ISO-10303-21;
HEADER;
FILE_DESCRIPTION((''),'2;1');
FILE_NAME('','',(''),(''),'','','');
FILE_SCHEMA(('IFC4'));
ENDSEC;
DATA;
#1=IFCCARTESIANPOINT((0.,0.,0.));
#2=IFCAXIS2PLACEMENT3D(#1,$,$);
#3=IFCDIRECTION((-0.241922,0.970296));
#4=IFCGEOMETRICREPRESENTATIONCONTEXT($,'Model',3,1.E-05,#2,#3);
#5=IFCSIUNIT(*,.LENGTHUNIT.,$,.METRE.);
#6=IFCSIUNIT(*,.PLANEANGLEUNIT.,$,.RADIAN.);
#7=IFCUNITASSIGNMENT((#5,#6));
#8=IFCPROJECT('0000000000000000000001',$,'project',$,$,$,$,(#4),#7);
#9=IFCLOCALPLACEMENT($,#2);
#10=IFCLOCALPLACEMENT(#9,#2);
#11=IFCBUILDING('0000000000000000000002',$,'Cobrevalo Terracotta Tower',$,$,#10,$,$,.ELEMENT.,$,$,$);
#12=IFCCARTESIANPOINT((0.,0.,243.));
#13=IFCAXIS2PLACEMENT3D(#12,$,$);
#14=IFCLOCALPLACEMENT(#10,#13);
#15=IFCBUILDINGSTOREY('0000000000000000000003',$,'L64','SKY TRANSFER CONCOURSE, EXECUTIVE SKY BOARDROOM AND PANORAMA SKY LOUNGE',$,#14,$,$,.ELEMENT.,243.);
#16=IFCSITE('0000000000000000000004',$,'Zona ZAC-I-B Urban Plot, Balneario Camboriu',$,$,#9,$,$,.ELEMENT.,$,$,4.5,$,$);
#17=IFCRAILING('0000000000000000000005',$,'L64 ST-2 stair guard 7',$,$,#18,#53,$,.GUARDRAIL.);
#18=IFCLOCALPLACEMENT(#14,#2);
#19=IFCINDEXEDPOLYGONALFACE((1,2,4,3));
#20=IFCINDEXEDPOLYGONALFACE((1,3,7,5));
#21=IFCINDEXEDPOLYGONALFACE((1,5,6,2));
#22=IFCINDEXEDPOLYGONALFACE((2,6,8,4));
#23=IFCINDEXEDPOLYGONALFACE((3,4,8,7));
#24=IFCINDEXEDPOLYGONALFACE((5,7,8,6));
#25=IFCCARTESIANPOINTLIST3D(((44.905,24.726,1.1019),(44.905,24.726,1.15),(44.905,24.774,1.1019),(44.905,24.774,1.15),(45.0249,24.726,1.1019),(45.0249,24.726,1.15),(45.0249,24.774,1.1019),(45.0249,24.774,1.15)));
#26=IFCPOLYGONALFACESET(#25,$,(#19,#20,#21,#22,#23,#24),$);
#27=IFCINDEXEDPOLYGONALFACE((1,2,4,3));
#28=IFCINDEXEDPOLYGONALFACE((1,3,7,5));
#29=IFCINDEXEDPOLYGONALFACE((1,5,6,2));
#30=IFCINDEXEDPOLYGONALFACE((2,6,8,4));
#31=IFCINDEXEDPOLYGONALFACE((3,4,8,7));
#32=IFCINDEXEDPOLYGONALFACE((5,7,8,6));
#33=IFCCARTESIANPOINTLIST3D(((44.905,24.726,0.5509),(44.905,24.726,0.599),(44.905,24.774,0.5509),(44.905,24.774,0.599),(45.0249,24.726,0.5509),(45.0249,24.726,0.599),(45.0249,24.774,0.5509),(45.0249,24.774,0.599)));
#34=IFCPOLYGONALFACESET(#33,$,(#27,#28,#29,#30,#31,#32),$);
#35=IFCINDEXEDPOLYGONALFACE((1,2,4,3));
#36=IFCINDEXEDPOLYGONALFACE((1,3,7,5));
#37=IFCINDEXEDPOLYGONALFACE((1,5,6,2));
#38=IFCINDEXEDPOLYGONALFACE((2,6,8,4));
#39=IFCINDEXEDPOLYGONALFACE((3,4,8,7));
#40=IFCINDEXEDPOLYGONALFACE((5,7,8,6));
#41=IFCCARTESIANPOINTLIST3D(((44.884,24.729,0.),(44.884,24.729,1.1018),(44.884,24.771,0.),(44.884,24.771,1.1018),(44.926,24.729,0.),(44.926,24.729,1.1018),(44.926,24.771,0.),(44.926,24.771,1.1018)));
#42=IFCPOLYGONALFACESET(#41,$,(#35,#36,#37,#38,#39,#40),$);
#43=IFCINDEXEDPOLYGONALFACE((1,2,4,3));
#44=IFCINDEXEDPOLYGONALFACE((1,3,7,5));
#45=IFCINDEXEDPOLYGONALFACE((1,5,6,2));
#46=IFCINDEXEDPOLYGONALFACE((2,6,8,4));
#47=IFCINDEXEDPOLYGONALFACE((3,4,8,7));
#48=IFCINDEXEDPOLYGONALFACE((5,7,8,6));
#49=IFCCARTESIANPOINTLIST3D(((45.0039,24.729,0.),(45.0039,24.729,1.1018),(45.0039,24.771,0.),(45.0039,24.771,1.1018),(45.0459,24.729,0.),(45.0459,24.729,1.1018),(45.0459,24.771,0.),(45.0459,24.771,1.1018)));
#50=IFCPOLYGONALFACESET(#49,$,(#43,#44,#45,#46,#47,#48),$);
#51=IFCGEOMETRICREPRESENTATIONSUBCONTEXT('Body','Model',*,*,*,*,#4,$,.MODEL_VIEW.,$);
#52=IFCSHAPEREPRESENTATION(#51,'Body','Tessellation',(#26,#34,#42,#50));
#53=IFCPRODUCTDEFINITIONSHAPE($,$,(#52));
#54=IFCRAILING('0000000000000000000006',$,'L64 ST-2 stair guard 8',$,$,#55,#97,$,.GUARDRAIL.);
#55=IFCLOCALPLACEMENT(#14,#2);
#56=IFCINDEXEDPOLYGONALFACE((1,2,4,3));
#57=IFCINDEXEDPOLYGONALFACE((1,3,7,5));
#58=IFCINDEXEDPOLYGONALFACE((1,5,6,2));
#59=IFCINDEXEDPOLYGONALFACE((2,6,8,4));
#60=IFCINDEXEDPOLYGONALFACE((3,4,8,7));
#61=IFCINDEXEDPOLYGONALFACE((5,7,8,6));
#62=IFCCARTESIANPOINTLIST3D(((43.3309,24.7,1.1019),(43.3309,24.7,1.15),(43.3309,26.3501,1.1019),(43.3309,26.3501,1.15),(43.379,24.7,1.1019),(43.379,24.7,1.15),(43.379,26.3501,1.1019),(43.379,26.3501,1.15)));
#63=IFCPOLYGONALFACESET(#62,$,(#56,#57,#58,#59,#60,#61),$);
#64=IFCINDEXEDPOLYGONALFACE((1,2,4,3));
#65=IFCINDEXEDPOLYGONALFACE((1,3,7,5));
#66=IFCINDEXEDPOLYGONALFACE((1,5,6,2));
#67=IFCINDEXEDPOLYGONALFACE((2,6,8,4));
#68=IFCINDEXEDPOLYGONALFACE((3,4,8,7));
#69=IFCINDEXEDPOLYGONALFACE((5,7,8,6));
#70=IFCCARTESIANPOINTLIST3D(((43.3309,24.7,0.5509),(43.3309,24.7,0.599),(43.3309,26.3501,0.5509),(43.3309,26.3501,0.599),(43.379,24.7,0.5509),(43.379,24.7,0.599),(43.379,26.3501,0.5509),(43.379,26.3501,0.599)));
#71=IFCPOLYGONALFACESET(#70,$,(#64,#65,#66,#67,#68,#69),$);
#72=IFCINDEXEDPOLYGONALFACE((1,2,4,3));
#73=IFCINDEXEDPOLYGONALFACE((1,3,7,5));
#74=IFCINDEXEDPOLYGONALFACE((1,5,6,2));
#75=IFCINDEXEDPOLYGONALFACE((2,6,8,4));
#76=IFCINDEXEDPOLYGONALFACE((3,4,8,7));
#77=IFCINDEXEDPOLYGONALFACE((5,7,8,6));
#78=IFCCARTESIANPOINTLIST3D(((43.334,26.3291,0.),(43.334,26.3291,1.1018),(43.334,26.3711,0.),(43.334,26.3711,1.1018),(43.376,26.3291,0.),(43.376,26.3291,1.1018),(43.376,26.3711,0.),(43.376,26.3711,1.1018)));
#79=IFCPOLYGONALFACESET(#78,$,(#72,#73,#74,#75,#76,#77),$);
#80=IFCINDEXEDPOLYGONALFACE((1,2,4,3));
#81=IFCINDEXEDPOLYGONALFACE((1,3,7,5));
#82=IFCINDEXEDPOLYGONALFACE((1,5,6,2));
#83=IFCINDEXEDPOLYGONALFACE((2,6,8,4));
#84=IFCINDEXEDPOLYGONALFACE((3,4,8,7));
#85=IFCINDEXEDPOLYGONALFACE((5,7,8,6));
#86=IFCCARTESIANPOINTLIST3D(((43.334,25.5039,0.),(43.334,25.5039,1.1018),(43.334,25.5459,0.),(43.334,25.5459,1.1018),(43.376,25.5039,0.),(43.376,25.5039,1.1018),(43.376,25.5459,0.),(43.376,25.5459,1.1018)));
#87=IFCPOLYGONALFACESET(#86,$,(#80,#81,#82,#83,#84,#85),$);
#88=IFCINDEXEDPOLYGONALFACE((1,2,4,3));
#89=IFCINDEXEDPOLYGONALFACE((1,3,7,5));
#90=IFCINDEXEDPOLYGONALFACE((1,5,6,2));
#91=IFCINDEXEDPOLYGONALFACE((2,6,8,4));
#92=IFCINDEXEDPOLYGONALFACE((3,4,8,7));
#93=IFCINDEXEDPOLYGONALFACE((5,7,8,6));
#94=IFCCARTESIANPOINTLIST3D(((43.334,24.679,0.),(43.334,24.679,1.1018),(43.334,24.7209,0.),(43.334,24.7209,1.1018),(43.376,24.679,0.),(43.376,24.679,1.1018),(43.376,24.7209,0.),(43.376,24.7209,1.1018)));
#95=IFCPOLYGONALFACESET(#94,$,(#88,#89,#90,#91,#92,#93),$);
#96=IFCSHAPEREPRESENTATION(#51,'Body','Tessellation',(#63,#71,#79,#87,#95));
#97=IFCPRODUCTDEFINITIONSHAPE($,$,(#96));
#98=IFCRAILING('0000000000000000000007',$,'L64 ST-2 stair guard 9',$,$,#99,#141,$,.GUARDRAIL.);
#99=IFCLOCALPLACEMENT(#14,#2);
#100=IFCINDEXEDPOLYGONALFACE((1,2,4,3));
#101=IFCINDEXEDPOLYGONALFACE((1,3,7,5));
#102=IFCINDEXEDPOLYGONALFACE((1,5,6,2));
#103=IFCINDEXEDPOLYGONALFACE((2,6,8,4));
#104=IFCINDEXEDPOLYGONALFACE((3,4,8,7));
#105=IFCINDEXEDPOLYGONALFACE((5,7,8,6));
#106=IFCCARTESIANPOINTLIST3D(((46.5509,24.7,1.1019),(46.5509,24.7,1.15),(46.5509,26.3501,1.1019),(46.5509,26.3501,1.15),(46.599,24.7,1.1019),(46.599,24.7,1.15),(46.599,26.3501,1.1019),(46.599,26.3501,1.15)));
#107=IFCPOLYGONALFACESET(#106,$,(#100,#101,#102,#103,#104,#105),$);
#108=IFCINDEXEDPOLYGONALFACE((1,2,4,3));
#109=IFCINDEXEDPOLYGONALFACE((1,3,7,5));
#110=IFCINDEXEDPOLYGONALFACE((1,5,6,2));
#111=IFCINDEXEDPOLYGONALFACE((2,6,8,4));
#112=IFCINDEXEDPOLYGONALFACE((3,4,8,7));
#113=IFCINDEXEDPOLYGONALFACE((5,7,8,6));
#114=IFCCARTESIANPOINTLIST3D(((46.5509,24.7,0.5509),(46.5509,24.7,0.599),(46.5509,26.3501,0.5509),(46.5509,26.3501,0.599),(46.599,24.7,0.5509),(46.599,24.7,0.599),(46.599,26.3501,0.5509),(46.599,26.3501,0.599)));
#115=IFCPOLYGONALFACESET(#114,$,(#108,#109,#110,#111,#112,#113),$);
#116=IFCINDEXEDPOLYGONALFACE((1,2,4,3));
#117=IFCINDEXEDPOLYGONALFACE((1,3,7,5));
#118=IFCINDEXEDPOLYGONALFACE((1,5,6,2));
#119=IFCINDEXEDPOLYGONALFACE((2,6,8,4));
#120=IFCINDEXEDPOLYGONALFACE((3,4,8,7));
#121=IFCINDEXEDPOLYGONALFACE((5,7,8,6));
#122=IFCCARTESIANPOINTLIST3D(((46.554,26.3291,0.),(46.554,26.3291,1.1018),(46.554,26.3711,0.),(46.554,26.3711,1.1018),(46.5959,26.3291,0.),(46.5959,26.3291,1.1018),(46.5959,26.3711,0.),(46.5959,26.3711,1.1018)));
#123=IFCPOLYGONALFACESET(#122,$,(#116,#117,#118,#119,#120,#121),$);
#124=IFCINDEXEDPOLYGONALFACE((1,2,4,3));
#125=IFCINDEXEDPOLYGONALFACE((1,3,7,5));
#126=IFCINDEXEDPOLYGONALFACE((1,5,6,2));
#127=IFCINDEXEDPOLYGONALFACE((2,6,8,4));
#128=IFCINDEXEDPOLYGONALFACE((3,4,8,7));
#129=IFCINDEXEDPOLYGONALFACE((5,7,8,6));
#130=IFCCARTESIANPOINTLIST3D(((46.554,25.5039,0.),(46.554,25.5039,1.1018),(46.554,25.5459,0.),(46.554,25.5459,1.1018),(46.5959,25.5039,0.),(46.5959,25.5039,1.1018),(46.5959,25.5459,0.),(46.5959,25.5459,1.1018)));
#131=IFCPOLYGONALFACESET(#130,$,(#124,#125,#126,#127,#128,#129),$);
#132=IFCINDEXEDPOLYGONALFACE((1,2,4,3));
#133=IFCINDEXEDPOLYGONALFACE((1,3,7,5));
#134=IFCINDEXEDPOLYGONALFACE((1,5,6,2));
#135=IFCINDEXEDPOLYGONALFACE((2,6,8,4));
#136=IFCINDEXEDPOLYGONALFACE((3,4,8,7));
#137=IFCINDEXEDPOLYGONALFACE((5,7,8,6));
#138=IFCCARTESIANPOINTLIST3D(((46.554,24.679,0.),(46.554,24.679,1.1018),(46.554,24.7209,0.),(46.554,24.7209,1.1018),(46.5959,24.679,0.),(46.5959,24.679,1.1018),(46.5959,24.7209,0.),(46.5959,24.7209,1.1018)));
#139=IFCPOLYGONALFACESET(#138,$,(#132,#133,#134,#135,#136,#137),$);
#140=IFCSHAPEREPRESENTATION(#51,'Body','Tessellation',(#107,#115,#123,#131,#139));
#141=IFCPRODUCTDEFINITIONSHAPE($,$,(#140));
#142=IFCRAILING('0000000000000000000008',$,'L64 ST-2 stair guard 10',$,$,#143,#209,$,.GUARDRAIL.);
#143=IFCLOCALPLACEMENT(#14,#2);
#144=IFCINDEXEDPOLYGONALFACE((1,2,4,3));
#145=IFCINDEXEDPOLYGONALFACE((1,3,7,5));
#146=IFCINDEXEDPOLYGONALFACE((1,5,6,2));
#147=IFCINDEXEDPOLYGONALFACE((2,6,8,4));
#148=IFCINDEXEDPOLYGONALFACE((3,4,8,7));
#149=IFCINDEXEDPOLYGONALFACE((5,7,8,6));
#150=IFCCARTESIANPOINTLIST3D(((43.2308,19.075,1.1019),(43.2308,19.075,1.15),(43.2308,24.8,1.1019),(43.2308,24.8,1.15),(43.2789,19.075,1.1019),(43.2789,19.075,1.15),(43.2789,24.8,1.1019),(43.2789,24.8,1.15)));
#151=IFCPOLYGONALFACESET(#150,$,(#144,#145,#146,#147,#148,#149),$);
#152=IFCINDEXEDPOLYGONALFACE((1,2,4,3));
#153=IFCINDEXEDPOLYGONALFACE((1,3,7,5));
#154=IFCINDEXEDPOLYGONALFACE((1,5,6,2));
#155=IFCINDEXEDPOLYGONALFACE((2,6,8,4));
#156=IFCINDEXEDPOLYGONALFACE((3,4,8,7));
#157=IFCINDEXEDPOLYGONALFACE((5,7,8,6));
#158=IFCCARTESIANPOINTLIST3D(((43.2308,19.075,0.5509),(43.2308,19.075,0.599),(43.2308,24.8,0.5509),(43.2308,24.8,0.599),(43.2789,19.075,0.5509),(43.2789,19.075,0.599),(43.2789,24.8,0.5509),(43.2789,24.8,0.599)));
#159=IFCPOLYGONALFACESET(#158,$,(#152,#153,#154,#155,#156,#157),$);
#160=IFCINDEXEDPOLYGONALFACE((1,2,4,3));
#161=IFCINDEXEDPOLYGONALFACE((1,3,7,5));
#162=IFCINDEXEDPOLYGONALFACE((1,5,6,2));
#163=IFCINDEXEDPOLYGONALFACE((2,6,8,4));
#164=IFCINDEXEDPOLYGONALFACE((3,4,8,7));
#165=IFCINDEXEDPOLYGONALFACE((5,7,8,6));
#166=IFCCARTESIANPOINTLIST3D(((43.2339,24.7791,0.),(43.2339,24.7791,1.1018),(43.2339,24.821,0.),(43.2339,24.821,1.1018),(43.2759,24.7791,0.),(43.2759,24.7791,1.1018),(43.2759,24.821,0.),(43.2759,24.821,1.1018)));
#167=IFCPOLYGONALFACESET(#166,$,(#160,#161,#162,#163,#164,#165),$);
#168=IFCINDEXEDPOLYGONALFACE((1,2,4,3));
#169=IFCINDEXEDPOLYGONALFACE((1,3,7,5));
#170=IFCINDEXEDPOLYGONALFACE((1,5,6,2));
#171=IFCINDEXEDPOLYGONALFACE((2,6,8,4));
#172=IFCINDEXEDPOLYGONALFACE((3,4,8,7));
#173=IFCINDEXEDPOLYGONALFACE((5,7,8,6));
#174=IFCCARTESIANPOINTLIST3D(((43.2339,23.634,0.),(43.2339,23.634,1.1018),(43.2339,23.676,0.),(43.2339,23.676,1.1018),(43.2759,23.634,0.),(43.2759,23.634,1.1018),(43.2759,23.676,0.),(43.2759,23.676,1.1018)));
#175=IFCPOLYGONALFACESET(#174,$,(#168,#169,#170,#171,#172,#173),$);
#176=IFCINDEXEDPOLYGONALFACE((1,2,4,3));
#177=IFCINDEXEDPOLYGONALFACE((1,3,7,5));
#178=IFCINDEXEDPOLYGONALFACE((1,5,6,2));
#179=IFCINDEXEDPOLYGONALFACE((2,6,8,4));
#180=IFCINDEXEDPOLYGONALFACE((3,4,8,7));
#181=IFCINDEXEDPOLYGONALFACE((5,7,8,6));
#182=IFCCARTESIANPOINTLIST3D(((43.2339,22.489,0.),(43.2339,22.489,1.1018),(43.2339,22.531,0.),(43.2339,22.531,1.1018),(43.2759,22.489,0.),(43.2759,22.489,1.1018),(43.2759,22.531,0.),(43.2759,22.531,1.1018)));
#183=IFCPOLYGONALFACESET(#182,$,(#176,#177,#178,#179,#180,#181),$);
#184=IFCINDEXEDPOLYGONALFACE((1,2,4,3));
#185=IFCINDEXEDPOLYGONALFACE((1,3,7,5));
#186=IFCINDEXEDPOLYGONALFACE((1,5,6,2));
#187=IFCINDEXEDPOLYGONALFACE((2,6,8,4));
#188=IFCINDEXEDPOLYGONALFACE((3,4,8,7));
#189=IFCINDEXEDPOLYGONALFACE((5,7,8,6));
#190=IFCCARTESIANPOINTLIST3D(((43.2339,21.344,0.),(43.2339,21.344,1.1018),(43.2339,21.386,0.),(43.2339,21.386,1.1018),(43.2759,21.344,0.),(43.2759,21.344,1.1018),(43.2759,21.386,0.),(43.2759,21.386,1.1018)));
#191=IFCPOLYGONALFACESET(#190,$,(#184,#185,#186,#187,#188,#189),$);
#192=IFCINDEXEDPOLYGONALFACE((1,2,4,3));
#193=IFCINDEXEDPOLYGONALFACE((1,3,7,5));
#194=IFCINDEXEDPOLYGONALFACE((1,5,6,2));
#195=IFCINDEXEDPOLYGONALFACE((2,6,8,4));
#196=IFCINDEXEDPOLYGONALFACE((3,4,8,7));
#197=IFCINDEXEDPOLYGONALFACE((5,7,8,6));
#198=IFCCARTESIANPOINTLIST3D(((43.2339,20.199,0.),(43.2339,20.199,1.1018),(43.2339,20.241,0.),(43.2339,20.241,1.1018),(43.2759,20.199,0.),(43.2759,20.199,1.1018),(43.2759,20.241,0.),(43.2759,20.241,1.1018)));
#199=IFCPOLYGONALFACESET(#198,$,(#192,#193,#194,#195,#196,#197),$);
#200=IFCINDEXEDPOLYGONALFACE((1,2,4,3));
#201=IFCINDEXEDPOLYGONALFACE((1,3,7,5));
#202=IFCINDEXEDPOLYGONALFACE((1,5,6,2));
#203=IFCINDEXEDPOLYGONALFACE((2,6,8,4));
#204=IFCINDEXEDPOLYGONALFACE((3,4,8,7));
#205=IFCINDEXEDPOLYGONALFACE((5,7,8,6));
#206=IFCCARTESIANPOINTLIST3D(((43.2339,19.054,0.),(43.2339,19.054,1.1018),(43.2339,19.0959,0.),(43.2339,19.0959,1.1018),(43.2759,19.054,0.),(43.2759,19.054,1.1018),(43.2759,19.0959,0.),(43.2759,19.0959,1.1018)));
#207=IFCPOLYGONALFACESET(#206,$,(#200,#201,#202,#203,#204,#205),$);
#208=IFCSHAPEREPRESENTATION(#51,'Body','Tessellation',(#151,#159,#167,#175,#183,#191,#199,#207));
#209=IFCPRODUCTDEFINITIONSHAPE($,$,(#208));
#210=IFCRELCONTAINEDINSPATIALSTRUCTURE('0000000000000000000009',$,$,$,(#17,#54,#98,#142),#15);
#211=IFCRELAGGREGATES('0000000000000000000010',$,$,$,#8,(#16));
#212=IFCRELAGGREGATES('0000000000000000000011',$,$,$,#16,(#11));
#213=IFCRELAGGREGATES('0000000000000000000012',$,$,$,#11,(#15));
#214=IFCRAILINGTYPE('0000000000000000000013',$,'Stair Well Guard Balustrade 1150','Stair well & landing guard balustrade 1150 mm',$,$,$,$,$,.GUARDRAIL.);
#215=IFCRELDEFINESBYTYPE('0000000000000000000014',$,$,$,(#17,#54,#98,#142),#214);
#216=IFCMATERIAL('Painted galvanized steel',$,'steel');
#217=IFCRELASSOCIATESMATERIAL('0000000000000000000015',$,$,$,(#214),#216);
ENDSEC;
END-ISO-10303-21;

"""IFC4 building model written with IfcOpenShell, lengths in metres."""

from ifc_helpers import new_model, si_unit, direction, frame, origin, origin_2d, place, context, subcontext, project, spatial, rectangle, extrude, material, type_object, element, save


model = new_model("IFC4")

# Units and contexts
model_context = context("Model", 3, precision=1e-05, world=origin(), true_north=direction((-0.241922, 0.970296)))
body_context = subcontext(model_context, "Body", "Model", "MODEL_VIEW")
ifc_project = project(units=[si_unit("LENGTHUNIT", "METRE"), si_unit("PLANEANGLEUNIT", "RADIAN")], contexts=[model_context])

# Site, building, storey
site_placement = place(None, origin())
site = spatial("IfcSite", under=ifc_project, at=site_placement, Name="Zona ZAC-I-B Urban Plot, Balneario Camboriu", CompositionType="ELEMENT", RefElevation=4.5)
building_placement = place(site_placement, origin())
building = spatial("IfcBuilding", under=site, at=building_placement, Name="Cobrevalo Terracotta Tower", CompositionType="ELEMENT")
storey_placement = place(building_placement, frame((0.0, 0.0, 243.0)))
storey = spatial("IfcBuildingStorey", under=building, at=storey_placement, Name="L64", Description="SKY TRANSFER CONCOURSE, EXECUTIVE SKY BOARDROOM AND PANORAMA SKY LOUNGE", CompositionType="ELEMENT", Elevation=243.0)

# Railings
ifc_material_1 = material(Name="Painted galvanized steel", Category="steel")
railing_type = type_object("IfcRailingType", Name="Stair Well Guard Balustrade 1150", Description="Stair well & landing guard balustrade 1150 mm", PredefinedType="GUARDRAIL", material=ifc_material_1)
railing_1_placement = place(storey_placement, frame((44.905, 24.75, 0.0)))
element("IfcRailing", 1, at=railing_1_placement, inside=storey, type_object=railing_type, Name="L64 ST-2 stair guard 7", PredefinedType="GUARDRAIL", context=body_context, shape_type="SweptSolid", body=[
    extrude(rectangle(XDim=0.0481, YDim=0.0481, at=origin_2d()), frame((0.0, 0.0, 1.126), z_axis=(1.0, 0.0, 0.0), x_axis=(0.0, 1.0, 0.0)), (0.0, 0.0, 1.0), 0.1199),
    extrude(rectangle(XDim=0.0481, YDim=0.0481, at=origin_2d()), frame((0.0, 0.0, 0.575), z_axis=(1.0, 0.0, 0.0), x_axis=(0.0, 1.0, 0.0)), (0.0, 0.0, 1.0), 0.1199),
    extrude(rectangle(XDim=0.042, YDim=0.042, at=origin_2d()), origin(), (0.0, 0.0, 1.0), 1.1018),
    extrude(rectangle(XDim=0.042, YDim=0.042, at=origin_2d()), frame((0.1199, 0.0, 0.0)), (0.0, 0.0, 1.0), 1.1018),
])
for number, where, name in (
    (2, (43.355, 26.3501, 0.0), "L64 ST-2 stair guard 8"),
    (3, (46.575, 26.3501, 0.0), "L64 ST-2 stair guard 9"),
):
    element("IfcRailing", number, at=place(storey_placement, frame(where)), inside=storey, type_object=railing_type, Name=name, PredefinedType="GUARDRAIL", context=body_context, shape_type="SweptSolid", body=[
        extrude(rectangle(XDim=0.0481, YDim=0.0481, at=origin_2d()), frame((0.0, 0.0, 1.126), z_axis=(0.0, -1.0, 0.0), x_axis=(1.0, 0.0, 0.0)), (0.0, 0.0, 1.0), 1.6501),
        extrude(rectangle(XDim=0.0481, YDim=0.0481, at=origin_2d()), frame((0.0, 0.0, 0.575), z_axis=(0.0, -1.0, 0.0), x_axis=(1.0, 0.0, 0.0)), (0.0, 0.0, 1.0), 1.6501),
        extrude(rectangle(XDim=0.042, YDim=0.042, at=origin_2d()), origin(), (0.0, 0.0, 1.0), 1.1018),
        extrude(rectangle(XDim=0.042, YDim=0.042, at=origin_2d()), frame((0.0, -0.8252, 0.0)), (0.0, 0.0, 1.0), 1.1018),
        extrude(rectangle(XDim=0.042, YDim=0.042, at=origin_2d()), frame((0.0, -1.6501, 0.0)), (0.0, 0.0, 1.0), 1.1018),
    ])
for number, where, name in (
    (4, (43.2549, 24.8, 0.0), "L64 ST-2 stair guard 10"),
):
    element("IfcRailing", number, at=place(storey_placement, frame(where)), inside=storey, type_object=railing_type, Name=name, PredefinedType="GUARDRAIL", context=body_context, shape_type="SweptSolid", body=[
        extrude(rectangle(XDim=0.0481, YDim=0.0481, at=origin_2d()), frame((0.0, 0.0, 1.126), z_axis=(0.0, -1.0, 0.0), x_axis=(1.0, 0.0, 0.0)), (0.0, 0.0, 1.0), 5.7251),
        extrude(rectangle(XDim=0.0481, YDim=0.0481, at=origin_2d()), frame((0.0, 0.0, 0.575), z_axis=(0.0, -1.0, 0.0), x_axis=(1.0, 0.0, 0.0)), (0.0, 0.0, 1.0), 5.7251),
        extrude(rectangle(XDim=0.042, YDim=0.042, at=origin_2d()), origin(), (0.0, 0.0, 1.0), 1.1018),
        extrude(rectangle(XDim=0.042, YDim=0.042, at=origin_2d()), frame((0.0, -1.145, 0.0)), (0.0, 0.0, 1.0), 1.1018),
        extrude(rectangle(XDim=0.042, YDim=0.042, at=origin_2d()), frame((0.0, -2.29, 0.0)), (0.0, 0.0, 1.0), 1.1018),
        extrude(rectangle(XDim=0.042, YDim=0.042, at=origin_2d()), frame((0.0, -3.4351, 0.0)), (0.0, 0.0, 1.0), 1.1018),
        extrude(rectangle(XDim=0.042, YDim=0.042, at=origin_2d()), frame((0.0, -4.5801, 0.0)), (0.0, 0.0, 1.0), 1.1018),
        extrude(rectangle(XDim=0.042, YDim=0.042, at=origin_2d()), frame((0.0, -5.7251, 0.0)), (0.0, 0.0, 1.0), 1.1018),
    ])

save(model, "model.ifc")
